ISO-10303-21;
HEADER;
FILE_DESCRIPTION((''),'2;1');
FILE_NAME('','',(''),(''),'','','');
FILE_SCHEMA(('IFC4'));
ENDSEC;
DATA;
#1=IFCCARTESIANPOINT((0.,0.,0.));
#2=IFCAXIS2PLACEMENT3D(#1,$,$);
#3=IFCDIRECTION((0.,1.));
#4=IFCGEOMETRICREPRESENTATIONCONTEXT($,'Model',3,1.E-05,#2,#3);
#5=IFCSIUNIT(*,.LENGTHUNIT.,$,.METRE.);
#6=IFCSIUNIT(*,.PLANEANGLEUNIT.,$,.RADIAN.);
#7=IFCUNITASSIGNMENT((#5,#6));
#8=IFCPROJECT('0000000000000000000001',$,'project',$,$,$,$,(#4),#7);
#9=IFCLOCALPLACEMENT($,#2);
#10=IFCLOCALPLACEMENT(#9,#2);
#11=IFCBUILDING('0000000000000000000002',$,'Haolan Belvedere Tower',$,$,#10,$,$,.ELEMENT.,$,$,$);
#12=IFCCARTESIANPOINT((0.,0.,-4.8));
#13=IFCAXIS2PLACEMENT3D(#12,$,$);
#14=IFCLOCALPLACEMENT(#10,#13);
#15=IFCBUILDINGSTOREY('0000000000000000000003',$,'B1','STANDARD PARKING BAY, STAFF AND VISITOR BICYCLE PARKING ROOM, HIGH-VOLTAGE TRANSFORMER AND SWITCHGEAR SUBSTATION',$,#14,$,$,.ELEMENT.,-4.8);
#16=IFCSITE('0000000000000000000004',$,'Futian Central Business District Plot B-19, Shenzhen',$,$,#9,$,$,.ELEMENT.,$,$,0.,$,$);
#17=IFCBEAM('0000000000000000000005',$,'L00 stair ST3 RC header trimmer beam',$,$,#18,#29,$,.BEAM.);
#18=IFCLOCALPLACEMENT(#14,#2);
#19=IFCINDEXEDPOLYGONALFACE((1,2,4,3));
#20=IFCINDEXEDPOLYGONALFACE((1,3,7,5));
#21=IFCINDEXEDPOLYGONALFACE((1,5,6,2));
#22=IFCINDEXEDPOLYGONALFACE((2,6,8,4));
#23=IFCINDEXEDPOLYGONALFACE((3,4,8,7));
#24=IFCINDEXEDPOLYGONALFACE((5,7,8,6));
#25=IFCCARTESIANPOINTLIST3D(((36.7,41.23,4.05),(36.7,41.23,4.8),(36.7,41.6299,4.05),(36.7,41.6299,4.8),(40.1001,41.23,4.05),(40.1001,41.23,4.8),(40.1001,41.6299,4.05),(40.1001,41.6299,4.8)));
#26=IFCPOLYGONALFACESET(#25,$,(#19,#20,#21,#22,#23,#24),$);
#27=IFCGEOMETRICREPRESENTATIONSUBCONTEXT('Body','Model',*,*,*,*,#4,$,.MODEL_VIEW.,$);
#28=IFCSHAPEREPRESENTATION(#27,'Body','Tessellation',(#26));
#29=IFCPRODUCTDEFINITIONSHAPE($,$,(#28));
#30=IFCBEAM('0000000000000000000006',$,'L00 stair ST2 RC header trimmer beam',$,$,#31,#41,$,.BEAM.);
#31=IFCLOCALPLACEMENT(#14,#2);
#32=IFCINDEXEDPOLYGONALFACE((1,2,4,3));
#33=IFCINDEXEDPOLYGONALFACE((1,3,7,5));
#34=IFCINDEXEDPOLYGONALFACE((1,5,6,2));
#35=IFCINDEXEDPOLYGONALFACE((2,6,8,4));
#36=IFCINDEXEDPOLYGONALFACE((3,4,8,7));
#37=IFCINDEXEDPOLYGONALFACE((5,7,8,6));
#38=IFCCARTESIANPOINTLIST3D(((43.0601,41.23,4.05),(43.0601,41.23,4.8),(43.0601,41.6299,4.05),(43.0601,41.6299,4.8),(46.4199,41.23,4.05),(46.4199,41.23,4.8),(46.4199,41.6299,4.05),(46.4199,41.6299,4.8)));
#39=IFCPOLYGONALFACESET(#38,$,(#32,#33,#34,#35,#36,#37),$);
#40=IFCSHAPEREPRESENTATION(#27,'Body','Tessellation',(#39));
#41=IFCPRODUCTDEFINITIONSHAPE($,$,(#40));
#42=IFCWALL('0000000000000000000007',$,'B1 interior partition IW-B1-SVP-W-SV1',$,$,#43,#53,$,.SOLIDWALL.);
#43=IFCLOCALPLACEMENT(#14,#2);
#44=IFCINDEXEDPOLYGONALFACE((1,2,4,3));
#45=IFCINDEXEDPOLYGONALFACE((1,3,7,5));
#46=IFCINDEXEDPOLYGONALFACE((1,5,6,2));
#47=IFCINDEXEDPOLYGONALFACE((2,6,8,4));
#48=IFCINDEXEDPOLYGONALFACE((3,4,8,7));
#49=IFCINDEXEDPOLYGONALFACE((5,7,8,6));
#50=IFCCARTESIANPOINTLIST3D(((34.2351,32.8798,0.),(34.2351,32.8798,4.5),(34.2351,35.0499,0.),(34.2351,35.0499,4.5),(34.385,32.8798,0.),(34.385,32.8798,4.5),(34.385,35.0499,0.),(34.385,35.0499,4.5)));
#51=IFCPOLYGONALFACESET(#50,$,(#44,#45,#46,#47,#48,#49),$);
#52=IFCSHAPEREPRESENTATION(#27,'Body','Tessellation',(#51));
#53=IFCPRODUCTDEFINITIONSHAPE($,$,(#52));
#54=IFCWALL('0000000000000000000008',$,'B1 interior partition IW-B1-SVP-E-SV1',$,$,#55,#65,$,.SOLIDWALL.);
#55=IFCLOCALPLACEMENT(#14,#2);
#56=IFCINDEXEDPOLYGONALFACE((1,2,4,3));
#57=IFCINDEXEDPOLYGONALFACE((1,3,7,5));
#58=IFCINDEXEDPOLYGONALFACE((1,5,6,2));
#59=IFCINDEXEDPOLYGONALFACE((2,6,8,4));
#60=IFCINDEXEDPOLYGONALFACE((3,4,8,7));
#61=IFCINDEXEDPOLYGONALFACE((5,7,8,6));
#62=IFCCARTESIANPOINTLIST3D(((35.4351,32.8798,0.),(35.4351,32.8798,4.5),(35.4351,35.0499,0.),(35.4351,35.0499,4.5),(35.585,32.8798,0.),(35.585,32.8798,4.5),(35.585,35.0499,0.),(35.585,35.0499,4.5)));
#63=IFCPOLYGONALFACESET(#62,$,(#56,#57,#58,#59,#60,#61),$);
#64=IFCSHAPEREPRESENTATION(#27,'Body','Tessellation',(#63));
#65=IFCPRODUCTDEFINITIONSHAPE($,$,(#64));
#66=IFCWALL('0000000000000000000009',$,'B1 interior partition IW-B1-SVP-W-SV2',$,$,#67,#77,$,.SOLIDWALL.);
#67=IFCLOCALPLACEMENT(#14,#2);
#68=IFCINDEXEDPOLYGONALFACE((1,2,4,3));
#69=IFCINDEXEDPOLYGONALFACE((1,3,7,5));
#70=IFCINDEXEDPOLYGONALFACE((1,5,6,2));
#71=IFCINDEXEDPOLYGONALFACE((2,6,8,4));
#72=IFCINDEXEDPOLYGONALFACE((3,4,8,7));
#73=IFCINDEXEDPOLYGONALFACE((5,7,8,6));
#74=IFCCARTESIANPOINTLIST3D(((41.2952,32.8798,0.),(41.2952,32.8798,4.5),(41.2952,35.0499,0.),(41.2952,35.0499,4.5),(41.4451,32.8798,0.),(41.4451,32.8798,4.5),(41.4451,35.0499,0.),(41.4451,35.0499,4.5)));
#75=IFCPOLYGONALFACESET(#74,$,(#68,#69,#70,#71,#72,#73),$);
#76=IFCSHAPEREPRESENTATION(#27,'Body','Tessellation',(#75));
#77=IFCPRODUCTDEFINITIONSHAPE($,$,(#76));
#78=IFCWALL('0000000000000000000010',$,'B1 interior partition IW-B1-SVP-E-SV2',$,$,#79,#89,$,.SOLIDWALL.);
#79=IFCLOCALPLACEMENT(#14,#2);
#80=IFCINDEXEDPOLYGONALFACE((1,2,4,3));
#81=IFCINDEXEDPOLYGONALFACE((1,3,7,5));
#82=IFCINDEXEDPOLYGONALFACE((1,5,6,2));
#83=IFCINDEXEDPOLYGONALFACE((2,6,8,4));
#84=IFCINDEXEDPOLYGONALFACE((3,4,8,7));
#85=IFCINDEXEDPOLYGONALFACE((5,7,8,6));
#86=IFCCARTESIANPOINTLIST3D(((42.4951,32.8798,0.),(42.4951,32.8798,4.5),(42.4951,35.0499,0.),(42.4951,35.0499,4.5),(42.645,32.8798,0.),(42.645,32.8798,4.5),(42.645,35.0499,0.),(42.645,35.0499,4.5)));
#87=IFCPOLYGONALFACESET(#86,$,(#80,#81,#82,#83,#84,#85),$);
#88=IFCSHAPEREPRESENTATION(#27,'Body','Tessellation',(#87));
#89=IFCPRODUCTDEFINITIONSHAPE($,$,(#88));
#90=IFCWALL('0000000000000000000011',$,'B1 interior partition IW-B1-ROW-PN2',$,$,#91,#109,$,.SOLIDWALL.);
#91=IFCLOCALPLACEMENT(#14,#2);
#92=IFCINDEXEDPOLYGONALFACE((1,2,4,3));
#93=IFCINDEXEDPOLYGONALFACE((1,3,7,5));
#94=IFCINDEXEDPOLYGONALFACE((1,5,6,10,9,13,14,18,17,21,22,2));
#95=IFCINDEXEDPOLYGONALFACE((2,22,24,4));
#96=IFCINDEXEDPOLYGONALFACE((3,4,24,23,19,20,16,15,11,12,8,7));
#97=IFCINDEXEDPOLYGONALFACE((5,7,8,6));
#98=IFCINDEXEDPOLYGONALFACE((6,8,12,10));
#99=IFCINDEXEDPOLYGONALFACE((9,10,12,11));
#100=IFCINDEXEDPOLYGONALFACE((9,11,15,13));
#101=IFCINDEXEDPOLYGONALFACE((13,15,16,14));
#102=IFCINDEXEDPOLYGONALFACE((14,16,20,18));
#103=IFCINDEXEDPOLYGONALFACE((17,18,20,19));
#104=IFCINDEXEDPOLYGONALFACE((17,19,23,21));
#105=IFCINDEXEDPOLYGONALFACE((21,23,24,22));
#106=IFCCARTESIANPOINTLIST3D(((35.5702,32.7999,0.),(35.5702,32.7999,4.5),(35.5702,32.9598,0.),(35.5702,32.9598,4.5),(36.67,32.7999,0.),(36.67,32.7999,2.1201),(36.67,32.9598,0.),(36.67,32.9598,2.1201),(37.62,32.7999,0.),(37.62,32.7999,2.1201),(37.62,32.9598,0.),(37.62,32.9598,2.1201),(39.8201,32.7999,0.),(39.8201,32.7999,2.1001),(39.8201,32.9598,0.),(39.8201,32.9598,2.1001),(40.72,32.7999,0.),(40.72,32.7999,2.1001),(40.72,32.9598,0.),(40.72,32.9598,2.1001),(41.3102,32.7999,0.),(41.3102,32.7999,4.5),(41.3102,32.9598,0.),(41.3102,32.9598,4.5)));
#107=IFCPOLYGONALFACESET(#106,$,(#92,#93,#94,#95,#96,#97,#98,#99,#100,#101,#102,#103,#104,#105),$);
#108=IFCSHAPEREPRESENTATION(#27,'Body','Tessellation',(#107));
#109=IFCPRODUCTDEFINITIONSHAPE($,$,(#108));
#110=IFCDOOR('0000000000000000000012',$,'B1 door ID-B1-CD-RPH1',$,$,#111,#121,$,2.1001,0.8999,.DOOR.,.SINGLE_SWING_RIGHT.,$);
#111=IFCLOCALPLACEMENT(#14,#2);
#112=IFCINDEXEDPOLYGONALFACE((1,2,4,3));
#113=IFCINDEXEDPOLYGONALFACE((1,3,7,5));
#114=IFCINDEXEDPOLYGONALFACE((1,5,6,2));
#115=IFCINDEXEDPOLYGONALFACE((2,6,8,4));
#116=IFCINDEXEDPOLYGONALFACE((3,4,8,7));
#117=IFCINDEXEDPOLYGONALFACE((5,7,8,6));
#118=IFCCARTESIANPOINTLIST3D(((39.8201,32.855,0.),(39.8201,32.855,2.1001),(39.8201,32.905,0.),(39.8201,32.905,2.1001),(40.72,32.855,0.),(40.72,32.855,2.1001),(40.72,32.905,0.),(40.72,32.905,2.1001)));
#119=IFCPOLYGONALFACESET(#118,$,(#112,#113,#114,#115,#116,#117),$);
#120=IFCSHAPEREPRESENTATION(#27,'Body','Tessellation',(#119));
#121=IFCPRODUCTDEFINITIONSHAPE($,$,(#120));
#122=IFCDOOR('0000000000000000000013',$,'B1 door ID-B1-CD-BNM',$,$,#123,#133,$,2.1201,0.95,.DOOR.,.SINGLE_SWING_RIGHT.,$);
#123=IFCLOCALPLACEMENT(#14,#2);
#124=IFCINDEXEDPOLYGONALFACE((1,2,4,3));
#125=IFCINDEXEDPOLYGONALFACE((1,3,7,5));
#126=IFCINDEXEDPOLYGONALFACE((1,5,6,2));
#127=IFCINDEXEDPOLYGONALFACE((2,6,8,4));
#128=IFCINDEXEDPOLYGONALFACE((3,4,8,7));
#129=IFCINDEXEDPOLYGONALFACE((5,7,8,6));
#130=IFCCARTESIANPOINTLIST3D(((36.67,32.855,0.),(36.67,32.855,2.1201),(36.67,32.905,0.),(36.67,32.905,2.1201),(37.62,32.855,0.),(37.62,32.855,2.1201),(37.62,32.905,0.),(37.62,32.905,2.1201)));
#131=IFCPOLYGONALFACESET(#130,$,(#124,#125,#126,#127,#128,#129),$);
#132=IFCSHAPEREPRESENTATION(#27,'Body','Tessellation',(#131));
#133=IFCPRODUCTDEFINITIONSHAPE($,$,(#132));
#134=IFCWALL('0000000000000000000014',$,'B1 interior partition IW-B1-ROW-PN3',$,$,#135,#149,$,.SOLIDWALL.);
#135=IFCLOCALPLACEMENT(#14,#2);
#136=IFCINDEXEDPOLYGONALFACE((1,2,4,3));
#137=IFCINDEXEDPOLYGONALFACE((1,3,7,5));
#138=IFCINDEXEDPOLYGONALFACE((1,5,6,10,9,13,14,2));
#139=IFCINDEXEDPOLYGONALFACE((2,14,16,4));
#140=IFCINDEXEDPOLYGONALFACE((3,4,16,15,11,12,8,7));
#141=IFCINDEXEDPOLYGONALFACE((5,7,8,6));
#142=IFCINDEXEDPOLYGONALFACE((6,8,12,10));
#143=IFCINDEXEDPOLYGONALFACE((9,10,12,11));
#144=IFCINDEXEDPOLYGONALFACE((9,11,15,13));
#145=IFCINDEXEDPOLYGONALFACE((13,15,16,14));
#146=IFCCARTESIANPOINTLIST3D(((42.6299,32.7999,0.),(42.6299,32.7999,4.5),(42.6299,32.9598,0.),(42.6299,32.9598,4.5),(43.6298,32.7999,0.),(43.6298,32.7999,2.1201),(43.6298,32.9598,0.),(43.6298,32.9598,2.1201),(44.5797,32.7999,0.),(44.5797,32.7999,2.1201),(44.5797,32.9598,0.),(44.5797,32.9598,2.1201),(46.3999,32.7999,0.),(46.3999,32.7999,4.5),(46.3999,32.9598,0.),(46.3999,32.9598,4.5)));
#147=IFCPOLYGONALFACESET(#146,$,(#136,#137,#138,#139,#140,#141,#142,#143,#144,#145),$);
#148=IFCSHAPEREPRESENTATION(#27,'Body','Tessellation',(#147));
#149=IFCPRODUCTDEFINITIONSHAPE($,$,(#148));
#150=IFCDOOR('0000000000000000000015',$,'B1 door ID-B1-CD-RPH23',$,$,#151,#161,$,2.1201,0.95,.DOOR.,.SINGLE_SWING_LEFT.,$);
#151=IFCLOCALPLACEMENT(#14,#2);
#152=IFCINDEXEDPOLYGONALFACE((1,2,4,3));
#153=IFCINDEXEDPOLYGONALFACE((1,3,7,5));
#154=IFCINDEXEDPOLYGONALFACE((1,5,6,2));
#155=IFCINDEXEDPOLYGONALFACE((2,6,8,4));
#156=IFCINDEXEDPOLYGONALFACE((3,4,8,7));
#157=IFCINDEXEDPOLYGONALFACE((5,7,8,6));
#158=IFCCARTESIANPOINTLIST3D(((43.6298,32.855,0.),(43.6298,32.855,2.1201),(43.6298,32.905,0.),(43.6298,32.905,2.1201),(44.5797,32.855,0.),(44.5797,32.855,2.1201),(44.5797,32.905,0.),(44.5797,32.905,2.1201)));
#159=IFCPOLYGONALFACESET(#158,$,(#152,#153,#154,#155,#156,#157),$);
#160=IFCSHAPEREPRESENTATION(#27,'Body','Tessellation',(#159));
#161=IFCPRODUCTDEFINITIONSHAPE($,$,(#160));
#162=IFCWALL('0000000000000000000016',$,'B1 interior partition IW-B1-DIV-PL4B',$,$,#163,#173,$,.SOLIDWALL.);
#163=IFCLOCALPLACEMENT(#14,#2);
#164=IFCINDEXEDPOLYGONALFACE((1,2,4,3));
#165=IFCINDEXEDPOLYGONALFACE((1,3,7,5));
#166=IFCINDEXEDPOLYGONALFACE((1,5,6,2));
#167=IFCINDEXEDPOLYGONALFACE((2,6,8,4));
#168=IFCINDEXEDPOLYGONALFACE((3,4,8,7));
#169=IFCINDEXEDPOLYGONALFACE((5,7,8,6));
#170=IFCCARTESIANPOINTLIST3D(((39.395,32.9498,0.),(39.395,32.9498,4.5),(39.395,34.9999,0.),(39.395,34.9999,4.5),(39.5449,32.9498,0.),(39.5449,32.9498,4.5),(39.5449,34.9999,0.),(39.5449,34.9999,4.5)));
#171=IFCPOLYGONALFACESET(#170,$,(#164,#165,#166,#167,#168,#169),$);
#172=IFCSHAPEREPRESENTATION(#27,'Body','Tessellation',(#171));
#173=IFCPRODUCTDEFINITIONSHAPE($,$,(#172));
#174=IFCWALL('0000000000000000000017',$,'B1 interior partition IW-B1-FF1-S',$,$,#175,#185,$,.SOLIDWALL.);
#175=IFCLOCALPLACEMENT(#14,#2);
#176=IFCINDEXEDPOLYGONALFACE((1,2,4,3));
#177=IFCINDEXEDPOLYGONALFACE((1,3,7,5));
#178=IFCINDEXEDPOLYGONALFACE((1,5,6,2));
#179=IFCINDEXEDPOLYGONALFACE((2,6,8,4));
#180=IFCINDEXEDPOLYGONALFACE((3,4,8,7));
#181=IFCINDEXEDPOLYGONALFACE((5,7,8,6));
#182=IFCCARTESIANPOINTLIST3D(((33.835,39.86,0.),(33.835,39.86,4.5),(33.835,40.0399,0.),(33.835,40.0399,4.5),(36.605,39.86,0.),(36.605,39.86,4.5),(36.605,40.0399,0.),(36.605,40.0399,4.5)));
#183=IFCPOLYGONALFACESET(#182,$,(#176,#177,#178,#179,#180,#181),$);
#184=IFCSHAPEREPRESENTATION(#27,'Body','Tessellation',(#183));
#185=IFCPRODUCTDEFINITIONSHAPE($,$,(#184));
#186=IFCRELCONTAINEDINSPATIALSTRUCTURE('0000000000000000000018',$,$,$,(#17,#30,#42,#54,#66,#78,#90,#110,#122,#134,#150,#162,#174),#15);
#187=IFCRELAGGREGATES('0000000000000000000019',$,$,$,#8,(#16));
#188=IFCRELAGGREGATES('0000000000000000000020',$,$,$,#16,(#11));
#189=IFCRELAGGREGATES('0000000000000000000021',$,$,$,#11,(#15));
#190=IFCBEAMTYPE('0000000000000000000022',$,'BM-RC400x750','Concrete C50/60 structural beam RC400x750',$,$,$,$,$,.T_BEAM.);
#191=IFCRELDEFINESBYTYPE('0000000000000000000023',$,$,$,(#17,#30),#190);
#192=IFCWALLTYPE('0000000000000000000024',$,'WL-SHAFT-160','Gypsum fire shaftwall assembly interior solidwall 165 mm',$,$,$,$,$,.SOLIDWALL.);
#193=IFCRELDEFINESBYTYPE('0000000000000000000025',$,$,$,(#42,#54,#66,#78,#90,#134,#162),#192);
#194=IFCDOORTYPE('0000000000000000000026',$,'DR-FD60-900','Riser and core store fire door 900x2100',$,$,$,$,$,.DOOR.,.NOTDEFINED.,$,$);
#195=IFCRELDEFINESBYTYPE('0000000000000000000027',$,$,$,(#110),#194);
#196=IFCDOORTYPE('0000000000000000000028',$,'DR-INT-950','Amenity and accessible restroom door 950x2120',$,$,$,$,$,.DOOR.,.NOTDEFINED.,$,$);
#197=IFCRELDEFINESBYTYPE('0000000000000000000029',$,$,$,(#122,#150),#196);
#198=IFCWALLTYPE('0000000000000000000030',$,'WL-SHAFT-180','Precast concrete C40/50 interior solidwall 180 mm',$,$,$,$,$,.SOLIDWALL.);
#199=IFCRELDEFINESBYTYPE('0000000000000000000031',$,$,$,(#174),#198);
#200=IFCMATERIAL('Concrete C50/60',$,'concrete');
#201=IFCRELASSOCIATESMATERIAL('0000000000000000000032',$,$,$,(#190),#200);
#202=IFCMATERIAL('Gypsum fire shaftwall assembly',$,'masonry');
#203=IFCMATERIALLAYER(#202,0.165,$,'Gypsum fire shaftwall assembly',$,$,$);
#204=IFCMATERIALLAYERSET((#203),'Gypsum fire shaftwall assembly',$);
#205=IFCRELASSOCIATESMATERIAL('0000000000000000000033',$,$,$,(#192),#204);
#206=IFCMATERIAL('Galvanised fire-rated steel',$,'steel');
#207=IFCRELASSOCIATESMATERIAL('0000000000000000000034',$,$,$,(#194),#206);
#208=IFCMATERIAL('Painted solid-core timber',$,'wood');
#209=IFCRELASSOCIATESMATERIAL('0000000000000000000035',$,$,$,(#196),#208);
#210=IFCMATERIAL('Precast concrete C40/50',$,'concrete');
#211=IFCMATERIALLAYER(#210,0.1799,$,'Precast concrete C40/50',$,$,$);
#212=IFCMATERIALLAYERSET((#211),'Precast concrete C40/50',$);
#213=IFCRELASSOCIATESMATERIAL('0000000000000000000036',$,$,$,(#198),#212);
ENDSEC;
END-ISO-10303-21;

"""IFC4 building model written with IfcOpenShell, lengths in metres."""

from ifc_helpers import new_model, si_unit, direction, frame, frame_2d, origin, origin_2d, place, context, subcontext, project, spatial, rectangle, extrude, material, layer, layer_set, material_profile, profile_set, type_object, element, fill, save


model = new_model("IFC4")

# Units and contexts
model_context = context("Model", 3, precision=1e-05, world=origin(), true_north=direction((0.0, 1.0)))
body_context = subcontext(model_context, "Body", "Model", "MODEL_VIEW")
ifc_project = project(units=[si_unit("LENGTHUNIT", "METRE"), si_unit("PLANEANGLEUNIT", "RADIAN")], contexts=[model_context])

# Site, building, storey
site_placement = place(None, origin())
site = spatial("IfcSite", under=ifc_project, at=site_placement, Name="Futian Central Business District Plot B-19, Shenzhen", CompositionType="ELEMENT", RefElevation=0.0)
building_placement = place(site_placement, origin())
building = spatial("IfcBuilding", under=site, at=building_placement, Name="Haolan Belvedere Tower", CompositionType="ELEMENT")
storey_placement = place(building_placement, frame((0.0, 0.0, -4.8)))
storey = spatial("IfcBuildingStorey", under=building, at=storey_placement, Name="B1", Description="STANDARD PARKING BAY, STAFF AND VISITOR BICYCLE PARKING ROOM, HIGH-VOLTAGE TRANSFORMER AND SWITCHGEAR SUBSTATION", CompositionType="ELEMENT", Elevation=-4.8)

# Beams
ifc_material_1 = material(Name="Concrete C50/60", Category="concrete")
ifc_material_profile = material_profile(ifc_material_1, rectangle(XDim=0.3999, YDim=0.75, at=origin_2d()), Name="Concrete C50/60")
ifc_profile_set = profile_set([ifc_material_profile], Name="Concrete C50/60")
beam_type = type_object("IfcBeamType", Name="BM-RC400x750", Description="Concrete C50/60 structural beam RC400x750", PredefinedType="T_BEAM", material=ifc_profile_set)
beam_1_placement = place(storey_placement, frame((36.7, 41.4299, 4.425), z_axis=(1.0, 0.0, 0.0), x_axis=(0.0, 1.0, 0.0)))
element("IfcBeam", 1, at=beam_1_placement, inside=storey, type_object=beam_type, Name="L00 stair ST3 RC header trimmer beam", PredefinedType="BEAM", context=body_context, shape_type="SweptSolid", body=[
    extrude(rectangle(XDim=0.3999, YDim=0.75, at=origin_2d()), origin(), (0.0, 0.0, 1.0), 3.4001),
])
beam_2_placement = place(storey_placement, frame((43.0601, 41.4299, 4.425), z_axis=(1.0, 0.0, 0.0), x_axis=(0.0, 1.0, 0.0)))
element("IfcBeam", 2, at=beam_2_placement, inside=storey, type_object=beam_type, Name="L00 stair ST2 RC header trimmer beam", PredefinedType="BEAM", context=body_context, shape_type="SweptSolid", body=[
    extrude(rectangle(XDim=0.3999, YDim=0.75, at=origin_2d()), origin(), (0.0, 0.0, 1.0), 3.3599),
])

# Walls
ifc_material_2 = material(Name="Gypsum fire shaftwall assembly", Category="masonry")
ifc_layer_1 = layer(ifc_material_2, 0.165, Name="Gypsum fire shaftwall assembly")
ifc_layer_set_1 = layer_set([ifc_layer_1], Name="Gypsum fire shaftwall assembly")
wall_type_1 = type_object("IfcWallType", Name="WL-SHAFT-160", Description="Gypsum fire shaftwall assembly interior solidwall 165 mm", PredefinedType="SOLIDWALL", material=ifc_layer_set_1)
for number, where, z_axis, x_axis, name in (
    (3, (34.3101, 32.8799, 0.0), (0.0, 0.0, 1.0), (0.0, 1.0, 0.0), "B1 interior partition IW-B1-SVP-W-SV1"),
    (4, (35.51, 32.8799, 0.0), (0.0, 0.0, 1.0), (0.0, 1.0, 0.0), "B1 interior partition IW-B1-SVP-E-SV1"),
    (5, (41.3701, 32.8799, 0.0), (0.0, 0.0, 1.0), (0.0, 1.0, 0.0), "B1 interior partition IW-B1-SVP-W-SV2"),
    (6, (42.5701, 32.8799, 0.0), (0.0, 0.0, 1.0), (0.0, 1.0, 0.0), "B1 interior partition IW-B1-SVP-E-SV2"),
):
    element("IfcWall", number, at=place(storey_placement, frame(where, z_axis=z_axis, x_axis=x_axis)), inside=storey, type_object=wall_type_1, Name=name, PredefinedType="SOLIDWALL", context=body_context, shape_type="SweptSolid", body=[
        extrude(rectangle(XDim=2.1702, YDim=0.1499, at=frame_2d((1.085, 0.0))), origin(), (0.0, 0.0, 1.0), 4.5),
    ])

# Wall, openings, doors
wall_1_placement = place(storey_placement, frame((35.5701, 32.8799, 0.0), z_axis=(0.0, 0.0, 1.0), x_axis=(1.0, 0.0, 0.0)))
wall_1 = element("IfcWall", 7, at=wall_1_placement, inside=storey, type_object=wall_type_1, Name="B1 interior partition IW-B1-ROW-PN2", PredefinedType="SOLIDWALL", context=body_context, shape_type="SweptSolid", body=[
    extrude(rectangle(XDim=5.74, YDim=0.1599, at=frame_2d((2.8701, 0.0))), origin(), (0.0, 0.0, 1.0), 4.5),
])
opening_1_placement = place(wall_1_placement, frame((2.05, 0.0, 0.0), z_axis=(0.0, 0.0, 1.0), x_axis=(-1.0, 0.0, 0.0)))
opening_1 = element("IfcOpeningElement", 8, at=opening_1_placement, cuts=wall_1, PredefinedType="OPENING", context=body_context, shape_type="SweptSolid", body=[
    extrude(rectangle(XDim=0.95, YDim=2.1201, at=frame_2d((0.4751, 1.0601))), frame((0.0, 0.0898, 0.0), z_axis=(0.0, -1.0, 0.0), x_axis=(1.0, 0.0, 0.0)), (0.0, 0.0, 1.0), 0.1799),
])
opening_2_placement = place(wall_1_placement, frame((5.1499, 0.0, 0.0), z_axis=(0.0, 0.0, 1.0), x_axis=(-1.0, 0.0, 0.0)))
opening_2 = element("IfcOpeningElement", 9, at=opening_2_placement, cuts=wall_1, PredefinedType="OPENING", context=body_context, shape_type="SweptSolid", body=[
    extrude(rectangle(XDim=0.8999, YDim=2.1001, at=frame_2d((0.45, 1.05))), frame((0.0, 0.0898, 0.0), z_axis=(0.0, -1.0, 0.0), x_axis=(1.0, 0.0, 0.0)), (0.0, 0.0, 1.0), 0.1799),
])
ifc_material_3 = material(Name="Galvanised fire-rated steel", Category="steel")
door_type_1 = type_object("IfcDoorType", Name="DR-FD60-900", Description="Riser and core store fire door 900x2100", OperationType="NOTDEFINED", PredefinedType="DOOR", material=ifc_material_3)
door_1_placement = place(opening_2_placement, origin())
door_1 = element("IfcDoor", 10, at=door_1_placement, inside=storey, type_object=door_type_1, Name="B1 door ID-B1-CD-RPH1", OperationType="SINGLE_SWING_RIGHT", OverallHeight=2.1001, OverallWidth=0.8999, PredefinedType="DOOR", context=body_context, shape_type="SweptSolid", body=[
    extrude(rectangle(XDim=0.8999, YDim=2.1001, at=frame_2d((0.45, 1.05))), frame((0.0, 0.0249, 0.0), z_axis=(0.0, -1.0, 0.0), x_axis=(1.0, 0.0, 0.0)), (0.0, 0.0, 1.0), 0.05),
])
fill(opening_2, door_1)
ifc_material_4 = material(Name="Painted solid-core timber", Category="wood")
door_type_2 = type_object("IfcDoorType", Name="DR-INT-950", Description="Amenity and accessible restroom door 950x2120", OperationType="NOTDEFINED", PredefinedType="DOOR", material=ifc_material_4)
door_2_placement = place(opening_1_placement, origin())
door_2 = element("IfcDoor", 11, at=door_2_placement, inside=storey, type_object=door_type_2, Name="B1 door ID-B1-CD-BNM", OperationType="SINGLE_SWING_RIGHT", OverallHeight=2.1201, OverallWidth=0.95, PredefinedType="DOOR", context=body_context, shape_type="SweptSolid", body=[
    extrude(rectangle(XDim=0.95, YDim=2.1201, at=frame_2d((0.4751, 1.0601))), frame((0.0, 0.0249, 0.0), z_axis=(0.0, -1.0, 0.0), x_axis=(1.0, 0.0, 0.0)), (0.0, 0.0, 1.0), 0.05),
])
fill(opening_1, door_2)

# Wall, opening, door
wall_2_placement = place(storey_placement, frame((42.6299, 32.8799, 0.0), z_axis=(0.0, 0.0, 1.0), x_axis=(1.0, 0.0, 0.0)))
wall_2 = element("IfcWall", 12, at=wall_2_placement, inside=storey, type_object=wall_type_1, Name="B1 interior partition IW-B1-ROW-PN3", PredefinedType="SOLIDWALL", context=body_context, shape_type="SweptSolid", body=[
    extrude(rectangle(XDim=3.77, YDim=0.1599, at=frame_2d((1.885, 0.0))), origin(), (0.0, 0.0, 1.0), 4.5),
])
opening_3_placement = place(wall_2_placement, frame((1.95, 0.0, 0.0), z_axis=(0.0, 0.0, 1.0), x_axis=(-1.0, 0.0, 0.0)))
opening_3 = element("IfcOpeningElement", 13, at=opening_3_placement, cuts=wall_2, PredefinedType="OPENING", context=body_context, shape_type="SweptSolid", body=[
    extrude(rectangle(XDim=0.95, YDim=2.1201, at=frame_2d((0.4751, 1.0601))), frame((0.0, 0.0898, 0.0), z_axis=(0.0, -1.0, 0.0), x_axis=(1.0, 0.0, 0.0)), (0.0, 0.0, 1.0), 0.1799),
])
door_3_placement = place(opening_3_placement, origin())
door_3 = element("IfcDoor", 14, at=door_3_placement, inside=storey, type_object=door_type_2, Name="B1 door ID-B1-CD-RPH23", OperationType="SINGLE_SWING_LEFT", OverallHeight=2.1201, OverallWidth=0.95, PredefinedType="DOOR", context=body_context, shape_type="SweptSolid", body=[
    extrude(rectangle(XDim=0.95, YDim=2.1201, at=frame_2d((0.4751, 1.0601))), frame((0.0, 0.0249, 0.0), z_axis=(0.0, -1.0, 0.0), x_axis=(1.0, 0.0, 0.0)), (0.0, 0.0, 1.0), 0.05),
])
fill(opening_3, door_3)

# Walls
wall_3_placement = place(storey_placement, frame((39.47, 32.95, 0.0), z_axis=(0.0, 0.0, 1.0), x_axis=(0.0, 1.0, 0.0)))
element("IfcWall", 15, at=wall_3_placement, inside=storey, type_object=wall_type_1, Name="B1 interior partition IW-B1-DIV-PL4B", PredefinedType="SOLIDWALL", context=body_context, shape_type="SweptSolid", body=[
    extrude(rectangle(XDim=2.05, YDim=0.1499, at=frame_2d((1.0249, 0.0))), origin(), (0.0, 0.0, 1.0), 4.5),
])
ifc_material_5 = material(Name="Precast concrete C40/50", Category="concrete")
ifc_layer_2 = layer(ifc_material_5, 0.1799, Name="Precast concrete C40/50")
ifc_layer_set_2 = layer_set([ifc_layer_2], Name="Precast concrete C40/50")
wall_type_2 = type_object("IfcWallType", Name="WL-SHAFT-180", Description="Precast concrete C40/50 interior solidwall 180 mm", PredefinedType="SOLIDWALL", material=ifc_layer_set_2)
for number, where, z_axis, x_axis, name in (
    (16, (33.835, 39.95, 0.0), (0.0, 0.0, 1.0), (1.0, 0.0, 0.0), "B1 interior partition IW-B1-FF1-S"),
):
    element("IfcWall", number, at=place(storey_placement, frame(where, z_axis=z_axis, x_axis=x_axis)), inside=storey, type_object=wall_type_2, Name=name, PredefinedType="SOLIDWALL", context=body_context, shape_type="SweptSolid", body=[
        extrude(rectangle(XDim=2.77, YDim=0.1799, at=frame_2d((1.385, 0.0))), origin(), (0.0, 0.0, 1.0), 4.5),
    ])

save(model, "model.ifc")
